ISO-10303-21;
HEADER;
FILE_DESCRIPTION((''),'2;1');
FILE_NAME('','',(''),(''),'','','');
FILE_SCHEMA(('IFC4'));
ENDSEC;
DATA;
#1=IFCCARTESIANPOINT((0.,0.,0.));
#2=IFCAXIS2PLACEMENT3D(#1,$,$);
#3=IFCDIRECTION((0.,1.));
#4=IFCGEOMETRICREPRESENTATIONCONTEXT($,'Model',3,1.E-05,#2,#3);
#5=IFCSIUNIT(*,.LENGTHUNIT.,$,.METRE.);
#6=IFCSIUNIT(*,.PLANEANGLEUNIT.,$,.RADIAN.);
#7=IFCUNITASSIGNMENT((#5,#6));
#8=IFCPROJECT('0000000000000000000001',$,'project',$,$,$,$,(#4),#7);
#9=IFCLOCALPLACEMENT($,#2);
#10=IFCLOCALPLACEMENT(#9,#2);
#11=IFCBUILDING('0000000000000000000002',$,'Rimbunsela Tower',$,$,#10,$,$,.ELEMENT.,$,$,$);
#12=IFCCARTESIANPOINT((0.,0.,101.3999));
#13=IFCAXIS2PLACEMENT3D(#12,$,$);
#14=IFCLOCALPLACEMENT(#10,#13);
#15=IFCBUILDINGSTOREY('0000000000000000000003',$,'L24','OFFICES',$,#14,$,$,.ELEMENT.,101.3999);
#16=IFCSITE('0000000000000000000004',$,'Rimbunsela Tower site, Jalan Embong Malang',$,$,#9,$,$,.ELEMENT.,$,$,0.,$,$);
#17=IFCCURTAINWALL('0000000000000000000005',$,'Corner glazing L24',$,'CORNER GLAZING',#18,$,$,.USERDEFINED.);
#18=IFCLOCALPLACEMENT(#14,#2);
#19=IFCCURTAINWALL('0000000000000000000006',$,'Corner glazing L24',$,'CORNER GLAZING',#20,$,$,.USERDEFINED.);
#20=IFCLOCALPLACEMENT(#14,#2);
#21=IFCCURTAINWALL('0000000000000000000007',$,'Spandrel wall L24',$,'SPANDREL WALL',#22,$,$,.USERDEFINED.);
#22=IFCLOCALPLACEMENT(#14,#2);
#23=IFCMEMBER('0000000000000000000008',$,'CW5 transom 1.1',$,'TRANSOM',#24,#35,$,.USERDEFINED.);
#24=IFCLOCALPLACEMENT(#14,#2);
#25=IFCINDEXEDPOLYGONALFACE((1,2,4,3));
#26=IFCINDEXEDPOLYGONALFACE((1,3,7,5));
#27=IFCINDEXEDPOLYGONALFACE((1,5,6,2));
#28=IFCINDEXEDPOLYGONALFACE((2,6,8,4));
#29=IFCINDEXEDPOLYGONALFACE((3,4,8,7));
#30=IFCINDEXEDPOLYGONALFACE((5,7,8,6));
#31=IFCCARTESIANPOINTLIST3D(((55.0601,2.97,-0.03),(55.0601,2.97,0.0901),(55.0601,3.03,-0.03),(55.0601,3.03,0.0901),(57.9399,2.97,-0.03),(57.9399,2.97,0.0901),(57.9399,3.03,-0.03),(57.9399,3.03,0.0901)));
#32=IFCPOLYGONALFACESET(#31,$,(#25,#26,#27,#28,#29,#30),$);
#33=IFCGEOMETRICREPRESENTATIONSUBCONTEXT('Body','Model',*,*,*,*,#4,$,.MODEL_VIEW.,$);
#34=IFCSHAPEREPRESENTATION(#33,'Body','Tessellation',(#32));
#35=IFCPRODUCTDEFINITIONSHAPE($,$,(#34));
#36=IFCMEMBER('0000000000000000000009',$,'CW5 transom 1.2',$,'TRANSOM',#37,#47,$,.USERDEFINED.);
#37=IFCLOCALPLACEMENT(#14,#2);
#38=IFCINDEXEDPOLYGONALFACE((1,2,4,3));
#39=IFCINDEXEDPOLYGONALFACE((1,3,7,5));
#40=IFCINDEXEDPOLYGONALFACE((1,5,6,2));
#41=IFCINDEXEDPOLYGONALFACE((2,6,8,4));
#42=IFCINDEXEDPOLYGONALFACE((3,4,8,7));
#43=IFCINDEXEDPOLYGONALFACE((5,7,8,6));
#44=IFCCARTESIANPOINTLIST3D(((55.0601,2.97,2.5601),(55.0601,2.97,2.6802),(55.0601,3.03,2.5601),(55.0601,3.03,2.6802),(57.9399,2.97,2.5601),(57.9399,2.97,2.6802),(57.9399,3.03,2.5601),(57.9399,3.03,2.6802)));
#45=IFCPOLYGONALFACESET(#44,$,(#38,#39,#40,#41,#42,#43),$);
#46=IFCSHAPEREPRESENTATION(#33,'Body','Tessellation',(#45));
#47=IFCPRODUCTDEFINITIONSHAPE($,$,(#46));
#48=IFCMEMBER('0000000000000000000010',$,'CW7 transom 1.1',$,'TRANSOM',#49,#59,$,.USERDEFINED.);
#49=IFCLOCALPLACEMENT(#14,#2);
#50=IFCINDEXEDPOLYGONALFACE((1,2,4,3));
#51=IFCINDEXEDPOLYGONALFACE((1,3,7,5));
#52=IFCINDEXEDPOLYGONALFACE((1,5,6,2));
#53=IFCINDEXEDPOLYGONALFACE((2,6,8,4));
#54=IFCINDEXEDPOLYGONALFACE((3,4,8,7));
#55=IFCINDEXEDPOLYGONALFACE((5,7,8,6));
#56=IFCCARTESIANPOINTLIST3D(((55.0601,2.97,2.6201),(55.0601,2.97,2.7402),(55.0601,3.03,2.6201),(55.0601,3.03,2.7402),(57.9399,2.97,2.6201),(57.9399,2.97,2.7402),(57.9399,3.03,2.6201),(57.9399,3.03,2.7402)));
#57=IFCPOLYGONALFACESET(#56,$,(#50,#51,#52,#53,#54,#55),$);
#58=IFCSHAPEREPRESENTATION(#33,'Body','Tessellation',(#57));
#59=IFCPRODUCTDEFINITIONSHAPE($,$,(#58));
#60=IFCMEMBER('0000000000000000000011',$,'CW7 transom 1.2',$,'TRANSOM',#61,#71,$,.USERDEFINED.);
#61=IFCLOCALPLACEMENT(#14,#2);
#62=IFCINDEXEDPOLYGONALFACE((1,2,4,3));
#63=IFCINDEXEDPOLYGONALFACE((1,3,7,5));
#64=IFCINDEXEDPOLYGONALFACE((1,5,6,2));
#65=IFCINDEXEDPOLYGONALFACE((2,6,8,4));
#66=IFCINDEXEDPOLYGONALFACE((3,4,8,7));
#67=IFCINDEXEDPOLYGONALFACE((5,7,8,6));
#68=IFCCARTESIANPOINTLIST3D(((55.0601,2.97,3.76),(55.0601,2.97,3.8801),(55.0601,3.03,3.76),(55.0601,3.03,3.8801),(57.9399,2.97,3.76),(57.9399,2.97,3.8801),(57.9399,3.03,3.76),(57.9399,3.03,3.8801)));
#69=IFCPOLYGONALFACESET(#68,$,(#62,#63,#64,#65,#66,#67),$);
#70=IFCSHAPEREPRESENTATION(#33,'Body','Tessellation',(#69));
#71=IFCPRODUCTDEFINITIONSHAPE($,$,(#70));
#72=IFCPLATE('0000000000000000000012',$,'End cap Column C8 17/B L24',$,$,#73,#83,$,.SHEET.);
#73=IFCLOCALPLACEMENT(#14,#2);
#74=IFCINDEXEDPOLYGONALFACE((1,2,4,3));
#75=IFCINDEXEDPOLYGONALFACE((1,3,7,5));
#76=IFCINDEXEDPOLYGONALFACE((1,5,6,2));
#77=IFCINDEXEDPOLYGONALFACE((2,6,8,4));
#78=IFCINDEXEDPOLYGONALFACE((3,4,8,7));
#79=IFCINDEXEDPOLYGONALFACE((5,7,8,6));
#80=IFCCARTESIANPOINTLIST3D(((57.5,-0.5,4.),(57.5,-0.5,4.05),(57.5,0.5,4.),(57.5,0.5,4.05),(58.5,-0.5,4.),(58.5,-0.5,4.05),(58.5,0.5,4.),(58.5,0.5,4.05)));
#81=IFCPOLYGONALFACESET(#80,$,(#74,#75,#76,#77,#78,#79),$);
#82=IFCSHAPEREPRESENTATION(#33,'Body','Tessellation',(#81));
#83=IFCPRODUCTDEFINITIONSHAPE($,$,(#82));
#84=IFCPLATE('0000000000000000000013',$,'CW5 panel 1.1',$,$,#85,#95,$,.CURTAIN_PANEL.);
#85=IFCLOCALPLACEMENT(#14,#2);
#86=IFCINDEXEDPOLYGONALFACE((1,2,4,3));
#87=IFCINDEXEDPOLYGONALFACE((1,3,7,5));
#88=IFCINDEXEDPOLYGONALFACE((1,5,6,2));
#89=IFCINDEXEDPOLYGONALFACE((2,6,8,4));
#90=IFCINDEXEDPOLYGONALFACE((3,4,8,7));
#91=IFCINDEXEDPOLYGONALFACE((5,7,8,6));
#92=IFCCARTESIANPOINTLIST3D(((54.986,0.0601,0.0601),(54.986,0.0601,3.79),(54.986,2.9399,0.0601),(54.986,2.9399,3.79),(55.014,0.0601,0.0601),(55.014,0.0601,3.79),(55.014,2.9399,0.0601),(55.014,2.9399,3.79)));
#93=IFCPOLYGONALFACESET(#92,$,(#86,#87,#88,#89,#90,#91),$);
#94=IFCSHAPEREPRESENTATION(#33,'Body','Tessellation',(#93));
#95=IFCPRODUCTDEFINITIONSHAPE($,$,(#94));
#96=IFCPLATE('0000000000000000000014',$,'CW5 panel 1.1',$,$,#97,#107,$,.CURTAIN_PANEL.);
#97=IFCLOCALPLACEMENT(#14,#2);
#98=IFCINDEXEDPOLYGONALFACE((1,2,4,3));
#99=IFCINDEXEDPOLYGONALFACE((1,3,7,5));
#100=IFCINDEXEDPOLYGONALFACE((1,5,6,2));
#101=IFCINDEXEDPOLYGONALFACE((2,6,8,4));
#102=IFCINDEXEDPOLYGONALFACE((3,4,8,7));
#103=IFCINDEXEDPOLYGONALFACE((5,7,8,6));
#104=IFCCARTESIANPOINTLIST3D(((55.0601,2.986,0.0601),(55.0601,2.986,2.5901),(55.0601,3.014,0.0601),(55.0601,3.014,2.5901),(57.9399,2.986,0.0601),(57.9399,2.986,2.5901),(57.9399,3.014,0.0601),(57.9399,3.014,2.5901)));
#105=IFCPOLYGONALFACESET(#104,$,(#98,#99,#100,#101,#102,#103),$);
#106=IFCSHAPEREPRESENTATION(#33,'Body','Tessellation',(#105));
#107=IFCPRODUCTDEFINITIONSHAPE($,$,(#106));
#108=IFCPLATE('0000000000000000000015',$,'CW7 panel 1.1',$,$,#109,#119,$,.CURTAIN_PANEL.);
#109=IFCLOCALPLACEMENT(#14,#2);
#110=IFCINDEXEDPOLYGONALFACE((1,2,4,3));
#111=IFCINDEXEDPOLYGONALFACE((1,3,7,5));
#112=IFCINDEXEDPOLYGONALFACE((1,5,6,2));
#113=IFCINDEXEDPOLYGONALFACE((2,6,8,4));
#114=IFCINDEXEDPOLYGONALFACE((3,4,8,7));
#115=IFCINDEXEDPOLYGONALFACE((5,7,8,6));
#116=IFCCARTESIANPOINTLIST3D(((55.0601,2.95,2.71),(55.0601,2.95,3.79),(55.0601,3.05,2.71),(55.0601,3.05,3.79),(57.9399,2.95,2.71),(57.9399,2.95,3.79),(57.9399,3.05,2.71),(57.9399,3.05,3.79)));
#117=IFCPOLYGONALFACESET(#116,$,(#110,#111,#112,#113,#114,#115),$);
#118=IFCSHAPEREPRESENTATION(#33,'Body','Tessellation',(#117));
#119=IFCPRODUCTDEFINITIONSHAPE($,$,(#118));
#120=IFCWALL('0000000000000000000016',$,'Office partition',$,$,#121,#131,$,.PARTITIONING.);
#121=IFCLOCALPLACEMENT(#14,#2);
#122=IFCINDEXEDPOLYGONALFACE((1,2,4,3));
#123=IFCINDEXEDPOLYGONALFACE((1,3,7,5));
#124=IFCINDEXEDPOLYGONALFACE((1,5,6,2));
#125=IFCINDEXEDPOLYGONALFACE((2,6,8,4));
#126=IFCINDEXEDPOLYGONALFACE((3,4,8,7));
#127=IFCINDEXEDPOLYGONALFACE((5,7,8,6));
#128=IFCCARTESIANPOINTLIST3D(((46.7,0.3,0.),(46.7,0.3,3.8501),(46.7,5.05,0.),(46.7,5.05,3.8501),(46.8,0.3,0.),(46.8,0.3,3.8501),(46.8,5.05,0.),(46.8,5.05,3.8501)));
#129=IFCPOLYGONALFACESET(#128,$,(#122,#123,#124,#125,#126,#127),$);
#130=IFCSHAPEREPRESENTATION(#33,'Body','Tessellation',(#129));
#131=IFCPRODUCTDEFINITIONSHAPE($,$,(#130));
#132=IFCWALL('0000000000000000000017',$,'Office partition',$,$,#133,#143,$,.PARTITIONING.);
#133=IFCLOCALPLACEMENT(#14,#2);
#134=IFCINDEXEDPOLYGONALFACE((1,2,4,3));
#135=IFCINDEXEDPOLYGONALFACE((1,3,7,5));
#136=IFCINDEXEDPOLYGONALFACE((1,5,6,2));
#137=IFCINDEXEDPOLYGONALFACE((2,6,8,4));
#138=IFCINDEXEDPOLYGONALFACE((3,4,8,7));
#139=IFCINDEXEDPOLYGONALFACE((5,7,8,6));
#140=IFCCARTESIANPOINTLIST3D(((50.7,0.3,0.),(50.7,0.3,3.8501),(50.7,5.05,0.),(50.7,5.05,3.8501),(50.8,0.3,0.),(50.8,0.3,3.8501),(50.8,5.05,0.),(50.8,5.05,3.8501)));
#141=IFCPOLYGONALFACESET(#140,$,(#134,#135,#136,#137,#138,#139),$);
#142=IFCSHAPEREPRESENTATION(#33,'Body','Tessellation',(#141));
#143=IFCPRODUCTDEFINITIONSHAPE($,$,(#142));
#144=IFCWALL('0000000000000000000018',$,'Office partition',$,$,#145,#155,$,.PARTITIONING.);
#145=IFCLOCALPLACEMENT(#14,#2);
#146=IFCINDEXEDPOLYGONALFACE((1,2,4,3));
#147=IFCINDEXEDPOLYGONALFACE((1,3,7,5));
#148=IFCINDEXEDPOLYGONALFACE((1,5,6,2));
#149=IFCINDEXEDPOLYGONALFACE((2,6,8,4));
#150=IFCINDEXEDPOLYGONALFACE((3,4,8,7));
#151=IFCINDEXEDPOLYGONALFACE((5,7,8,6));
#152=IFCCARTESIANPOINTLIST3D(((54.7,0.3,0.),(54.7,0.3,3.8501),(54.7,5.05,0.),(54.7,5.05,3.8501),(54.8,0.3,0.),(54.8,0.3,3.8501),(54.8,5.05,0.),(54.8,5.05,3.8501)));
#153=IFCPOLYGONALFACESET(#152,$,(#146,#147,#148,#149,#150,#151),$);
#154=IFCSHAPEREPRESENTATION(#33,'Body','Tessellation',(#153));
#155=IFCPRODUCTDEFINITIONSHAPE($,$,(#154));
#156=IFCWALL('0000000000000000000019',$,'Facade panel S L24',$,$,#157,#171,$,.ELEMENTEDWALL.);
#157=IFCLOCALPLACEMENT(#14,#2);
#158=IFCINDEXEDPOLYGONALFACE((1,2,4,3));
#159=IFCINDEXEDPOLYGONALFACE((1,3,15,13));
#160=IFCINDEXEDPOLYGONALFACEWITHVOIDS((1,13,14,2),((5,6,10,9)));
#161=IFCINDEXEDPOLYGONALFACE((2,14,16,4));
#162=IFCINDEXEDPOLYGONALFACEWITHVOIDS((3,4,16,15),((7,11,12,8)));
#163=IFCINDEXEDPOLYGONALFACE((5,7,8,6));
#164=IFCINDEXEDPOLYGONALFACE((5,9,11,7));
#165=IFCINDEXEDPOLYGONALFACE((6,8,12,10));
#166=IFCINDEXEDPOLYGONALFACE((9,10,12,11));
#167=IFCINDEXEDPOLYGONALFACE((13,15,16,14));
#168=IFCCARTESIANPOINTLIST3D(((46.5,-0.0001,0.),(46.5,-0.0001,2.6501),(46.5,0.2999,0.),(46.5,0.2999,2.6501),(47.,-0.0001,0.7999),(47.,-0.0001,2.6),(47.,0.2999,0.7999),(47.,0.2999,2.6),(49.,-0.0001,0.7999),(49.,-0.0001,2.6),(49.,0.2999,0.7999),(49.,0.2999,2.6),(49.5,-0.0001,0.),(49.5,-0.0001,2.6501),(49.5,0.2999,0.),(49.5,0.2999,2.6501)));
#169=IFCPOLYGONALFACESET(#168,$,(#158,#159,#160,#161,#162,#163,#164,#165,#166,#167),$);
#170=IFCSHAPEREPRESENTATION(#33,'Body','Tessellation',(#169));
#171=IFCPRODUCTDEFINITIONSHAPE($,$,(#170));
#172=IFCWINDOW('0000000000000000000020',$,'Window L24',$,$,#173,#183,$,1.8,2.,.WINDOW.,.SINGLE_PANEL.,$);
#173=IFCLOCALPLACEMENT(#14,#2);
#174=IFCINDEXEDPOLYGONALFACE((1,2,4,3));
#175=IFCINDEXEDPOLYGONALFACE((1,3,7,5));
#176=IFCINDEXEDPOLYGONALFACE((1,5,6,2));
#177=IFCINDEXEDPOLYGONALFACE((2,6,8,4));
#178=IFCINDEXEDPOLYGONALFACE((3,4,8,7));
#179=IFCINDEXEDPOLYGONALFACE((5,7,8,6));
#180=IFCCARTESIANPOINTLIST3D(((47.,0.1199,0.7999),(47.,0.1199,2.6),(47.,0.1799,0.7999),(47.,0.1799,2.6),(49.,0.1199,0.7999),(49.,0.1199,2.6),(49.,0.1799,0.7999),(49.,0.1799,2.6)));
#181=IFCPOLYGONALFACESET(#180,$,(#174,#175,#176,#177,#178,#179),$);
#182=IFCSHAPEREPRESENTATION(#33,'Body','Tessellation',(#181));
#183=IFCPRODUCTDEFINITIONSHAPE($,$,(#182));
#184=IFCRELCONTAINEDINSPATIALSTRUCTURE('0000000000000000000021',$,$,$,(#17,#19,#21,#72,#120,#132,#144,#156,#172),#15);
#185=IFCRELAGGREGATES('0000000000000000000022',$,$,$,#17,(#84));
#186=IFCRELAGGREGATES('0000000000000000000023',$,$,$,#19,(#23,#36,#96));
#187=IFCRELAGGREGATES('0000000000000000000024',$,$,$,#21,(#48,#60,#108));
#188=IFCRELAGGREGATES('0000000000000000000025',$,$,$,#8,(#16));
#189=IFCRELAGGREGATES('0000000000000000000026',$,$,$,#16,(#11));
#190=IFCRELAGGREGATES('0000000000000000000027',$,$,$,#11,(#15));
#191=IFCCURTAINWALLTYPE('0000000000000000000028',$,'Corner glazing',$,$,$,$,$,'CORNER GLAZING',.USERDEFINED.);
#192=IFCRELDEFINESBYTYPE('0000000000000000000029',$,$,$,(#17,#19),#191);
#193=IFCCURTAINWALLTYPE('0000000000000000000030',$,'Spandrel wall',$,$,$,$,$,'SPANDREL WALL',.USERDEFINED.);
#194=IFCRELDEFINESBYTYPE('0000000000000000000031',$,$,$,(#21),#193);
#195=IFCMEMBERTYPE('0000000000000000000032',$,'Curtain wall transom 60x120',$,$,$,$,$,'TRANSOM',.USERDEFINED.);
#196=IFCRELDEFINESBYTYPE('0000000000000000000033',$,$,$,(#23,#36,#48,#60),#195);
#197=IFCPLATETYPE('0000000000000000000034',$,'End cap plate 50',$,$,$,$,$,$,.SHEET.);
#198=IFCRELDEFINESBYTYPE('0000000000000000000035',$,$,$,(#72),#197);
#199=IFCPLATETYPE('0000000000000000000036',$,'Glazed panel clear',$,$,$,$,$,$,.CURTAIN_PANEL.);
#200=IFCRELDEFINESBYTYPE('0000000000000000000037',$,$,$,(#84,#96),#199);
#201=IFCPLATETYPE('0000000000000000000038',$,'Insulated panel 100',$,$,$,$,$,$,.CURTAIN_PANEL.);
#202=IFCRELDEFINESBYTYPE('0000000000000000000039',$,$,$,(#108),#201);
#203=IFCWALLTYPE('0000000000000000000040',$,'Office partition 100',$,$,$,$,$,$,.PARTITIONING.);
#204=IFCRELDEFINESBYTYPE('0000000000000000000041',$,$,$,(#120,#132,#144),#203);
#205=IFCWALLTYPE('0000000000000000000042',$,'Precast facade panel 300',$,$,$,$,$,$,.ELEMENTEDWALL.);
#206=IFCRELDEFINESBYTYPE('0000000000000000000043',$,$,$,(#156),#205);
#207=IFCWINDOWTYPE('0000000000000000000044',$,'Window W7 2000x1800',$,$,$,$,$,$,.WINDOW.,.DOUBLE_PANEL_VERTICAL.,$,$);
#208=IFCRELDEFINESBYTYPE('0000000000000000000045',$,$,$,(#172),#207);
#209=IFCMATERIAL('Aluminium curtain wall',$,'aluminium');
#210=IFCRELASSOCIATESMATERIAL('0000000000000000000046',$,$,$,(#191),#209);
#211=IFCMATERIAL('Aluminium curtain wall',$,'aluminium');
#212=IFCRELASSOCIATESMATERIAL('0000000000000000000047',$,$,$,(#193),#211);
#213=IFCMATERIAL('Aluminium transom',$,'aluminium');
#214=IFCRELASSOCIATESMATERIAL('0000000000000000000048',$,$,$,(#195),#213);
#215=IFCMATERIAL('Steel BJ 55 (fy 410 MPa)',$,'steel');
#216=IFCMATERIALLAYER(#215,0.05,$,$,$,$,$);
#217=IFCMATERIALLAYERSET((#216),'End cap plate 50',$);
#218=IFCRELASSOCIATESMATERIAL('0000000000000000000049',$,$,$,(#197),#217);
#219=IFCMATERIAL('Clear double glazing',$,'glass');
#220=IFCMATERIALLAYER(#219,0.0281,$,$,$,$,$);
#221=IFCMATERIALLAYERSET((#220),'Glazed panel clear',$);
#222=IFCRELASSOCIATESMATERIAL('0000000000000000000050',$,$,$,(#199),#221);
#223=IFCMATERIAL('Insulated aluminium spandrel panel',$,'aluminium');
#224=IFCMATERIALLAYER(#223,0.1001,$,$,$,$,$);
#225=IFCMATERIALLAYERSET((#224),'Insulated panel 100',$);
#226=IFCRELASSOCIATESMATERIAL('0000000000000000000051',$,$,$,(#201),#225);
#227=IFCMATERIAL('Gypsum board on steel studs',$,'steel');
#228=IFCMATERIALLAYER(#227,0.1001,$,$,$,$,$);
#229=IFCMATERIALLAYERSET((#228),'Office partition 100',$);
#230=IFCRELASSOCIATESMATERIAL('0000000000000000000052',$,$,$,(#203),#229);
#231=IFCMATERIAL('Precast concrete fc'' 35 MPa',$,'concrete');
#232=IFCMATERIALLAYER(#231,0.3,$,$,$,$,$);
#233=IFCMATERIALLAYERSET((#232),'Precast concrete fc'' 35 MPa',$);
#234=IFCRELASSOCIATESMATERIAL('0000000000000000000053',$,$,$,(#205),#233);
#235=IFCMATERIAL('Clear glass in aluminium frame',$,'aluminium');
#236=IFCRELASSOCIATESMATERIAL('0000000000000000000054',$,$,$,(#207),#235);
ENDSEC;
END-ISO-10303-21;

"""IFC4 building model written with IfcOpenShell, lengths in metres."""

from ifc_helpers import new_model, si_unit, direction, frame, frame_2d, origin, origin_2d, place, context, subcontext, project, spatial, rectangle, extrude, material, layer, layer_set, material_profile, profile_set, type_object, element, fill, aggregate, save


model = new_model("IFC4")

# Units and contexts
model_context = context("Model", 3, precision=1e-05, world=origin(), true_north=direction((0.0, 1.0)))
body_context = subcontext(model_context, "Body", "Model", "MODEL_VIEW")
ifc_project = project(units=[si_unit("LENGTHUNIT", "METRE"), si_unit("PLANEANGLEUNIT", "RADIAN")], contexts=[model_context])

# Site, building, storey
site_placement = place(None, origin())
site = spatial("IfcSite", under=ifc_project, at=site_placement, Name="Rimbunsela Tower site, Jalan Embong Malang", CompositionType="ELEMENT", RefElevation=0.0)
building_placement = place(site_placement, origin())
building = spatial("IfcBuilding", under=site, at=building_placement, Name="Rimbunsela Tower", CompositionType="ELEMENT")
storey_placement = place(building_placement, frame((0.0, 0.0, 101.3999)))
storey = spatial("IfcBuildingStorey", under=building, at=storey_placement, Name="L24", Description="OFFICES", CompositionType="ELEMENT", Elevation=101.3999)

# Curtain wall
ifc_material_1 = material(Name="Aluminium curtain wall", Category="aluminium")
curtain_wall_type_1 = type_object("IfcCurtainWallType", Name="Corner glazing", ElementType="CORNER GLAZING", PredefinedType="USERDEFINED", material=ifc_material_1)
curtain_wall_1_placement = place(storey_placement, origin())
curtain_wall_1 = element("IfcCurtainWall", 1, at=curtain_wall_1_placement, inside=storey, type_object=curtain_wall_type_1, Name="Corner glazing L24", ObjectType="CORNER GLAZING", PredefinedType="USERDEFINED")

# Curtain walls
curtain_wall_2_placement = place(storey_placement, origin())
curtain_wall_2 = element("IfcCurtainWall", 2, at=curtain_wall_2_placement, inside=storey, type_object=curtain_wall_type_1, Name="Corner glazing L24", ObjectType="CORNER GLAZING", PredefinedType="USERDEFINED")
ifc_material_2 = material(Name="Aluminium curtain wall", Category="aluminium")
curtain_wall_type_2 = type_object("IfcCurtainWallType", Name="Spandrel wall", ElementType="SPANDREL WALL", PredefinedType="USERDEFINED", material=ifc_material_2)
curtain_wall_3_placement = place(storey_placement, origin())
curtain_wall_3 = element("IfcCurtainWall", 3, at=curtain_wall_3_placement, inside=storey, type_object=curtain_wall_type_2, Name="Spandrel wall L24", ObjectType="SPANDREL WALL", PredefinedType="USERDEFINED")

# Members
ifc_material_3 = material(Name="Aluminium transom", Category="aluminium")
ifc_material_profile_1 = material_profile(ifc_material_3, rectangle(XDim=0.0601, YDim=0.1201, at=origin_2d()), Name="Transom 60x120")
ifc_profile_set_1 = profile_set([ifc_material_profile_1], Name="Aluminium transom")
member_type_1 = type_object("IfcMemberType", Name="Curtain wall transom 60x120", ElementType="TRANSOM", PredefinedType="USERDEFINED", material=ifc_profile_set_1)
member_1_placement = place(storey_placement, frame((55.0601, 3.0, 0.03), z_axis=(1.0, 0.0, 0.0), x_axis=(0.0, 1.0, 0.0)))
member_1 = element("IfcMember", 4, at=member_1_placement, type_object=member_type_1, Name="CW5 transom 1.1", ObjectType="TRANSOM", PredefinedType="USERDEFINED", context=body_context, shape_type="SweptSolid", body=[
    extrude(rectangle(XDim=0.0601, YDim=0.1201, at=origin_2d()), origin(), (0.0, 0.0, 1.0), 2.8799),
])
member_2_placement = place(storey_placement, frame((55.0601, 3.0, 2.6201), z_axis=(1.0, 0.0, 0.0), x_axis=(0.0, 1.0, 0.0)))
member_2 = element("IfcMember", 5, at=member_2_placement, type_object=member_type_1, Name="CW5 transom 1.2", ObjectType="TRANSOM", PredefinedType="USERDEFINED", context=body_context, shape_type="SweptSolid", body=[
    extrude(rectangle(XDim=0.0601, YDim=0.1201, at=origin_2d()), origin(), (0.0, 0.0, 1.0), 2.8799),
])
member_3_placement = place(storey_placement, frame((55.0601, 3.0, 2.6802), z_axis=(1.0, 0.0, 0.0), x_axis=(0.0, 1.0, 0.0)))
member_3 = element("IfcMember", 6, at=member_3_placement, type_object=member_type_1, Name="CW7 transom 1.1", ObjectType="TRANSOM", PredefinedType="USERDEFINED", context=body_context, shape_type="SweptSolid", body=[
    extrude(rectangle(XDim=0.0601, YDim=0.1201, at=origin_2d()), origin(), (0.0, 0.0, 1.0), 2.8799),
])
member_4_placement = place(storey_placement, frame((55.0601, 3.0, 3.8201), z_axis=(1.0, 0.0, 0.0), x_axis=(0.0, 1.0, 0.0)))
member_4 = element("IfcMember", 7, at=member_4_placement, type_object=member_type_1, Name="CW7 transom 1.2", ObjectType="TRANSOM", PredefinedType="USERDEFINED", context=body_context, shape_type="SweptSolid", body=[
    extrude(rectangle(XDim=0.0601, YDim=0.1201, at=origin_2d()), origin(), (0.0, 0.0, 1.0), 2.8799),
])

# Plates
ifc_material_4 = material(Name="Steel BJ 55 (fy 410 MPa)", Category="steel")
ifc_layer_1 = layer(ifc_material_4, 0.05)
ifc_layer_set_1 = layer_set([ifc_layer_1], Name="End cap plate 50")
plate_type_1 = type_object("IfcPlateType", Name="End cap plate 50", PredefinedType="SHEET", material=ifc_layer_set_1)
plate_1_placement = place(storey_placement, frame((58.0, 0.0, 4.0), z_axis=(0.0, 0.0, 1.0), x_axis=(1.0, 0.0, 0.0)))
element("IfcPlate", 8, at=plate_1_placement, inside=storey, type_object=plate_type_1, Name="End cap Column C8 17/B L24", PredefinedType="SHEET", context=body_context, shape_type="SweptSolid", body=[
    extrude(rectangle(XDim=1.0, YDim=1.0, at=origin_2d()), origin(), (0.0, 0.0, 1.0), 0.05),
])
ifc_material_5 = material(Name="Clear double glazing", Category="glass")
ifc_layer_2 = layer(ifc_material_5, 0.0281)
ifc_layer_set_2 = layer_set([ifc_layer_2], Name="Glazed panel clear")
plate_type_2 = type_object("IfcPlateType", Name="Glazed panel clear", PredefinedType="CURTAIN_PANEL", material=ifc_layer_set_2)
plate_2_placement = place(storey_placement, frame((55.0, 1.5, 0.0601), z_axis=(0.0, 0.0, 1.0), x_axis=(0.0, 1.0, 0.0)))
plate_2 = element("IfcPlate", 9, at=plate_2_placement, type_object=plate_type_2, Name="CW5 panel 1.1", PredefinedType="CURTAIN_PANEL", context=body_context, shape_type="SweptSolid", body=[
    extrude(rectangle(XDim=2.8799, YDim=0.0281, at=origin_2d()), origin(), (0.0, 0.0, 1.0), 3.73),
])
aggregate(curtain_wall_1, [plate_2])
plate_3_placement = place(storey_placement, frame((56.5, 3.0, 0.0601), z_axis=(0.0, 0.0, 1.0), x_axis=(1.0, 0.0, 0.0)))
plate_3 = element("IfcPlate", 10, at=plate_3_placement, type_object=plate_type_2, Name="CW5 panel 1.1", PredefinedType="CURTAIN_PANEL", context=body_context, shape_type="SweptSolid", body=[
    extrude(rectangle(XDim=2.8799, YDim=0.0281, at=origin_2d()), origin(), (0.0, 0.0, 1.0), 2.53),
])
aggregate(curtain_wall_2, [member_1, member_2, plate_3])
ifc_material_6 = material(Name="Insulated aluminium spandrel panel", Category="aluminium")
ifc_layer_3 = layer(ifc_material_6, 0.1001)
ifc_layer_set_3 = layer_set([ifc_layer_3], Name="Insulated panel 100")
plate_type_3 = type_object("IfcPlateType", Name="Insulated panel 100", PredefinedType="CURTAIN_PANEL", material=ifc_layer_set_3)
plate_4_placement = place(storey_placement, frame((56.5, 3.0, 2.71), z_axis=(0.0, 0.0, 1.0), x_axis=(1.0, 0.0, 0.0)))
plate_4 = element("IfcPlate", 11, at=plate_4_placement, type_object=plate_type_3, Name="CW7 panel 1.1", PredefinedType="CURTAIN_PANEL", context=body_context, shape_type="SweptSolid", body=[
    extrude(rectangle(XDim=2.8799, YDim=0.1001, at=origin_2d()), origin(), (0.0, 0.0, 1.0), 1.0801),
])
aggregate(curtain_wall_3, [member_3, member_4, plate_4])

# Walls
ifc_material_7 = material(Name="Gypsum board on steel studs", Category="steel")
ifc_layer_4 = layer(ifc_material_7, 0.1001)
ifc_layer_set_4 = layer_set([ifc_layer_4], Name="Office partition 100")
wall_type_1 = type_object("IfcWallType", Name="Office partition 100", PredefinedType="PARTITIONING", material=ifc_layer_set_4)
for number, where, z_axis, x_axis, name in (
    (12, (46.75, 0.3, 0.0), (0.0, 0.0, 1.0), (0.0, 1.0, 0.0), "Office partition"),
    (13, (50.75, 0.3, 0.0), (0.0, 0.0, 1.0), (0.0, 1.0, 0.0), "Office partition"),
    (14, (54.75, 0.3, 0.0), (0.0, 0.0, 1.0), (0.0, 1.0, 0.0), "Office partition"),
):
    element("IfcWall", number, at=place(storey_placement, frame(where, z_axis=z_axis, x_axis=x_axis)), inside=storey, type_object=wall_type_1, Name=name, PredefinedType="PARTITIONING", context=body_context, shape_type="SweptSolid", body=[
        extrude(rectangle(XDim=4.75, YDim=0.1001, at=frame_2d((2.375, 0.0))), origin(), (0.0, 0.0, 1.0), 3.8501),
    ])

# Wall, opening, window
ifc_material_8 = material(Name="Precast concrete fc' 35 MPa", Category="concrete")
ifc_layer_5 = layer(ifc_material_8, 0.3)
ifc_layer_set_5 = layer_set([ifc_layer_5], Name="Precast concrete fc' 35 MPa")
wall_type_2 = type_object("IfcWallType", Name="Precast facade panel 300", PredefinedType="ELEMENTEDWALL", material=ifc_layer_set_5)
wall_1_placement = place(storey_placement, frame((46.5, 0.1499, 0.0), z_axis=(0.0, 0.0, 1.0), x_axis=(1.0, 0.0, 0.0)))
wall_1 = element("IfcWall", 15, at=wall_1_placement, inside=storey, type_object=wall_type_2, Name="Facade panel S L24", PredefinedType="ELEMENTEDWALL", context=body_context, shape_type="SweptSolid", body=[
    extrude(rectangle(XDim=3.0, YDim=0.3, at=frame_2d((1.5, 0.0))), origin(), (0.0, 0.0, 1.0), 2.6501),
])
opening_1_placement = place(wall_1_placement, frame((0.5, 0.0, 0.8)))
opening_1 = element("IfcOpeningElement", 16, at=opening_1_placement, cuts=wall_1, PredefinedType="OPENING", context=body_context, shape_type="SweptSolid", body=[
    extrude(rectangle(XDim=2.0, YDim=1.8, at=frame_2d((1.0, 0.8999))), frame((0.0, 0.1599, 0.0), z_axis=(0.0, -1.0, 0.0), x_axis=(1.0, 0.0, 0.0)), (0.0, 0.0, 1.0), 0.3201),
])
ifc_material_9 = material(Name="Clear glass in aluminium frame", Category="aluminium")
window_type = type_object("IfcWindowType", Name="Window W7 2000x1800", PartitioningType="DOUBLE_PANEL_VERTICAL", PredefinedType="WINDOW", material=ifc_material_9)
window_1_placement = place(opening_1_placement, origin())
window_1 = element("IfcWindow", 17, at=window_1_placement, inside=storey, type_object=window_type, Name="Window L24", OverallHeight=1.8, OverallWidth=2.0, PartitioningType="SINGLE_PANEL", PredefinedType="WINDOW", context=body_context, shape_type="SweptSolid", body=[
    extrude(rectangle(XDim=2.0, YDim=1.8, at=frame_2d((1.0, 0.8999))), frame((0.0, 0.03, 0.0), z_axis=(0.0, -1.0, 0.0), x_axis=(1.0, 0.0, 0.0)), (0.0, 0.0, 1.0), 0.0601),
])
fill(opening_1, window_1)

save(model, "model.ifc")
